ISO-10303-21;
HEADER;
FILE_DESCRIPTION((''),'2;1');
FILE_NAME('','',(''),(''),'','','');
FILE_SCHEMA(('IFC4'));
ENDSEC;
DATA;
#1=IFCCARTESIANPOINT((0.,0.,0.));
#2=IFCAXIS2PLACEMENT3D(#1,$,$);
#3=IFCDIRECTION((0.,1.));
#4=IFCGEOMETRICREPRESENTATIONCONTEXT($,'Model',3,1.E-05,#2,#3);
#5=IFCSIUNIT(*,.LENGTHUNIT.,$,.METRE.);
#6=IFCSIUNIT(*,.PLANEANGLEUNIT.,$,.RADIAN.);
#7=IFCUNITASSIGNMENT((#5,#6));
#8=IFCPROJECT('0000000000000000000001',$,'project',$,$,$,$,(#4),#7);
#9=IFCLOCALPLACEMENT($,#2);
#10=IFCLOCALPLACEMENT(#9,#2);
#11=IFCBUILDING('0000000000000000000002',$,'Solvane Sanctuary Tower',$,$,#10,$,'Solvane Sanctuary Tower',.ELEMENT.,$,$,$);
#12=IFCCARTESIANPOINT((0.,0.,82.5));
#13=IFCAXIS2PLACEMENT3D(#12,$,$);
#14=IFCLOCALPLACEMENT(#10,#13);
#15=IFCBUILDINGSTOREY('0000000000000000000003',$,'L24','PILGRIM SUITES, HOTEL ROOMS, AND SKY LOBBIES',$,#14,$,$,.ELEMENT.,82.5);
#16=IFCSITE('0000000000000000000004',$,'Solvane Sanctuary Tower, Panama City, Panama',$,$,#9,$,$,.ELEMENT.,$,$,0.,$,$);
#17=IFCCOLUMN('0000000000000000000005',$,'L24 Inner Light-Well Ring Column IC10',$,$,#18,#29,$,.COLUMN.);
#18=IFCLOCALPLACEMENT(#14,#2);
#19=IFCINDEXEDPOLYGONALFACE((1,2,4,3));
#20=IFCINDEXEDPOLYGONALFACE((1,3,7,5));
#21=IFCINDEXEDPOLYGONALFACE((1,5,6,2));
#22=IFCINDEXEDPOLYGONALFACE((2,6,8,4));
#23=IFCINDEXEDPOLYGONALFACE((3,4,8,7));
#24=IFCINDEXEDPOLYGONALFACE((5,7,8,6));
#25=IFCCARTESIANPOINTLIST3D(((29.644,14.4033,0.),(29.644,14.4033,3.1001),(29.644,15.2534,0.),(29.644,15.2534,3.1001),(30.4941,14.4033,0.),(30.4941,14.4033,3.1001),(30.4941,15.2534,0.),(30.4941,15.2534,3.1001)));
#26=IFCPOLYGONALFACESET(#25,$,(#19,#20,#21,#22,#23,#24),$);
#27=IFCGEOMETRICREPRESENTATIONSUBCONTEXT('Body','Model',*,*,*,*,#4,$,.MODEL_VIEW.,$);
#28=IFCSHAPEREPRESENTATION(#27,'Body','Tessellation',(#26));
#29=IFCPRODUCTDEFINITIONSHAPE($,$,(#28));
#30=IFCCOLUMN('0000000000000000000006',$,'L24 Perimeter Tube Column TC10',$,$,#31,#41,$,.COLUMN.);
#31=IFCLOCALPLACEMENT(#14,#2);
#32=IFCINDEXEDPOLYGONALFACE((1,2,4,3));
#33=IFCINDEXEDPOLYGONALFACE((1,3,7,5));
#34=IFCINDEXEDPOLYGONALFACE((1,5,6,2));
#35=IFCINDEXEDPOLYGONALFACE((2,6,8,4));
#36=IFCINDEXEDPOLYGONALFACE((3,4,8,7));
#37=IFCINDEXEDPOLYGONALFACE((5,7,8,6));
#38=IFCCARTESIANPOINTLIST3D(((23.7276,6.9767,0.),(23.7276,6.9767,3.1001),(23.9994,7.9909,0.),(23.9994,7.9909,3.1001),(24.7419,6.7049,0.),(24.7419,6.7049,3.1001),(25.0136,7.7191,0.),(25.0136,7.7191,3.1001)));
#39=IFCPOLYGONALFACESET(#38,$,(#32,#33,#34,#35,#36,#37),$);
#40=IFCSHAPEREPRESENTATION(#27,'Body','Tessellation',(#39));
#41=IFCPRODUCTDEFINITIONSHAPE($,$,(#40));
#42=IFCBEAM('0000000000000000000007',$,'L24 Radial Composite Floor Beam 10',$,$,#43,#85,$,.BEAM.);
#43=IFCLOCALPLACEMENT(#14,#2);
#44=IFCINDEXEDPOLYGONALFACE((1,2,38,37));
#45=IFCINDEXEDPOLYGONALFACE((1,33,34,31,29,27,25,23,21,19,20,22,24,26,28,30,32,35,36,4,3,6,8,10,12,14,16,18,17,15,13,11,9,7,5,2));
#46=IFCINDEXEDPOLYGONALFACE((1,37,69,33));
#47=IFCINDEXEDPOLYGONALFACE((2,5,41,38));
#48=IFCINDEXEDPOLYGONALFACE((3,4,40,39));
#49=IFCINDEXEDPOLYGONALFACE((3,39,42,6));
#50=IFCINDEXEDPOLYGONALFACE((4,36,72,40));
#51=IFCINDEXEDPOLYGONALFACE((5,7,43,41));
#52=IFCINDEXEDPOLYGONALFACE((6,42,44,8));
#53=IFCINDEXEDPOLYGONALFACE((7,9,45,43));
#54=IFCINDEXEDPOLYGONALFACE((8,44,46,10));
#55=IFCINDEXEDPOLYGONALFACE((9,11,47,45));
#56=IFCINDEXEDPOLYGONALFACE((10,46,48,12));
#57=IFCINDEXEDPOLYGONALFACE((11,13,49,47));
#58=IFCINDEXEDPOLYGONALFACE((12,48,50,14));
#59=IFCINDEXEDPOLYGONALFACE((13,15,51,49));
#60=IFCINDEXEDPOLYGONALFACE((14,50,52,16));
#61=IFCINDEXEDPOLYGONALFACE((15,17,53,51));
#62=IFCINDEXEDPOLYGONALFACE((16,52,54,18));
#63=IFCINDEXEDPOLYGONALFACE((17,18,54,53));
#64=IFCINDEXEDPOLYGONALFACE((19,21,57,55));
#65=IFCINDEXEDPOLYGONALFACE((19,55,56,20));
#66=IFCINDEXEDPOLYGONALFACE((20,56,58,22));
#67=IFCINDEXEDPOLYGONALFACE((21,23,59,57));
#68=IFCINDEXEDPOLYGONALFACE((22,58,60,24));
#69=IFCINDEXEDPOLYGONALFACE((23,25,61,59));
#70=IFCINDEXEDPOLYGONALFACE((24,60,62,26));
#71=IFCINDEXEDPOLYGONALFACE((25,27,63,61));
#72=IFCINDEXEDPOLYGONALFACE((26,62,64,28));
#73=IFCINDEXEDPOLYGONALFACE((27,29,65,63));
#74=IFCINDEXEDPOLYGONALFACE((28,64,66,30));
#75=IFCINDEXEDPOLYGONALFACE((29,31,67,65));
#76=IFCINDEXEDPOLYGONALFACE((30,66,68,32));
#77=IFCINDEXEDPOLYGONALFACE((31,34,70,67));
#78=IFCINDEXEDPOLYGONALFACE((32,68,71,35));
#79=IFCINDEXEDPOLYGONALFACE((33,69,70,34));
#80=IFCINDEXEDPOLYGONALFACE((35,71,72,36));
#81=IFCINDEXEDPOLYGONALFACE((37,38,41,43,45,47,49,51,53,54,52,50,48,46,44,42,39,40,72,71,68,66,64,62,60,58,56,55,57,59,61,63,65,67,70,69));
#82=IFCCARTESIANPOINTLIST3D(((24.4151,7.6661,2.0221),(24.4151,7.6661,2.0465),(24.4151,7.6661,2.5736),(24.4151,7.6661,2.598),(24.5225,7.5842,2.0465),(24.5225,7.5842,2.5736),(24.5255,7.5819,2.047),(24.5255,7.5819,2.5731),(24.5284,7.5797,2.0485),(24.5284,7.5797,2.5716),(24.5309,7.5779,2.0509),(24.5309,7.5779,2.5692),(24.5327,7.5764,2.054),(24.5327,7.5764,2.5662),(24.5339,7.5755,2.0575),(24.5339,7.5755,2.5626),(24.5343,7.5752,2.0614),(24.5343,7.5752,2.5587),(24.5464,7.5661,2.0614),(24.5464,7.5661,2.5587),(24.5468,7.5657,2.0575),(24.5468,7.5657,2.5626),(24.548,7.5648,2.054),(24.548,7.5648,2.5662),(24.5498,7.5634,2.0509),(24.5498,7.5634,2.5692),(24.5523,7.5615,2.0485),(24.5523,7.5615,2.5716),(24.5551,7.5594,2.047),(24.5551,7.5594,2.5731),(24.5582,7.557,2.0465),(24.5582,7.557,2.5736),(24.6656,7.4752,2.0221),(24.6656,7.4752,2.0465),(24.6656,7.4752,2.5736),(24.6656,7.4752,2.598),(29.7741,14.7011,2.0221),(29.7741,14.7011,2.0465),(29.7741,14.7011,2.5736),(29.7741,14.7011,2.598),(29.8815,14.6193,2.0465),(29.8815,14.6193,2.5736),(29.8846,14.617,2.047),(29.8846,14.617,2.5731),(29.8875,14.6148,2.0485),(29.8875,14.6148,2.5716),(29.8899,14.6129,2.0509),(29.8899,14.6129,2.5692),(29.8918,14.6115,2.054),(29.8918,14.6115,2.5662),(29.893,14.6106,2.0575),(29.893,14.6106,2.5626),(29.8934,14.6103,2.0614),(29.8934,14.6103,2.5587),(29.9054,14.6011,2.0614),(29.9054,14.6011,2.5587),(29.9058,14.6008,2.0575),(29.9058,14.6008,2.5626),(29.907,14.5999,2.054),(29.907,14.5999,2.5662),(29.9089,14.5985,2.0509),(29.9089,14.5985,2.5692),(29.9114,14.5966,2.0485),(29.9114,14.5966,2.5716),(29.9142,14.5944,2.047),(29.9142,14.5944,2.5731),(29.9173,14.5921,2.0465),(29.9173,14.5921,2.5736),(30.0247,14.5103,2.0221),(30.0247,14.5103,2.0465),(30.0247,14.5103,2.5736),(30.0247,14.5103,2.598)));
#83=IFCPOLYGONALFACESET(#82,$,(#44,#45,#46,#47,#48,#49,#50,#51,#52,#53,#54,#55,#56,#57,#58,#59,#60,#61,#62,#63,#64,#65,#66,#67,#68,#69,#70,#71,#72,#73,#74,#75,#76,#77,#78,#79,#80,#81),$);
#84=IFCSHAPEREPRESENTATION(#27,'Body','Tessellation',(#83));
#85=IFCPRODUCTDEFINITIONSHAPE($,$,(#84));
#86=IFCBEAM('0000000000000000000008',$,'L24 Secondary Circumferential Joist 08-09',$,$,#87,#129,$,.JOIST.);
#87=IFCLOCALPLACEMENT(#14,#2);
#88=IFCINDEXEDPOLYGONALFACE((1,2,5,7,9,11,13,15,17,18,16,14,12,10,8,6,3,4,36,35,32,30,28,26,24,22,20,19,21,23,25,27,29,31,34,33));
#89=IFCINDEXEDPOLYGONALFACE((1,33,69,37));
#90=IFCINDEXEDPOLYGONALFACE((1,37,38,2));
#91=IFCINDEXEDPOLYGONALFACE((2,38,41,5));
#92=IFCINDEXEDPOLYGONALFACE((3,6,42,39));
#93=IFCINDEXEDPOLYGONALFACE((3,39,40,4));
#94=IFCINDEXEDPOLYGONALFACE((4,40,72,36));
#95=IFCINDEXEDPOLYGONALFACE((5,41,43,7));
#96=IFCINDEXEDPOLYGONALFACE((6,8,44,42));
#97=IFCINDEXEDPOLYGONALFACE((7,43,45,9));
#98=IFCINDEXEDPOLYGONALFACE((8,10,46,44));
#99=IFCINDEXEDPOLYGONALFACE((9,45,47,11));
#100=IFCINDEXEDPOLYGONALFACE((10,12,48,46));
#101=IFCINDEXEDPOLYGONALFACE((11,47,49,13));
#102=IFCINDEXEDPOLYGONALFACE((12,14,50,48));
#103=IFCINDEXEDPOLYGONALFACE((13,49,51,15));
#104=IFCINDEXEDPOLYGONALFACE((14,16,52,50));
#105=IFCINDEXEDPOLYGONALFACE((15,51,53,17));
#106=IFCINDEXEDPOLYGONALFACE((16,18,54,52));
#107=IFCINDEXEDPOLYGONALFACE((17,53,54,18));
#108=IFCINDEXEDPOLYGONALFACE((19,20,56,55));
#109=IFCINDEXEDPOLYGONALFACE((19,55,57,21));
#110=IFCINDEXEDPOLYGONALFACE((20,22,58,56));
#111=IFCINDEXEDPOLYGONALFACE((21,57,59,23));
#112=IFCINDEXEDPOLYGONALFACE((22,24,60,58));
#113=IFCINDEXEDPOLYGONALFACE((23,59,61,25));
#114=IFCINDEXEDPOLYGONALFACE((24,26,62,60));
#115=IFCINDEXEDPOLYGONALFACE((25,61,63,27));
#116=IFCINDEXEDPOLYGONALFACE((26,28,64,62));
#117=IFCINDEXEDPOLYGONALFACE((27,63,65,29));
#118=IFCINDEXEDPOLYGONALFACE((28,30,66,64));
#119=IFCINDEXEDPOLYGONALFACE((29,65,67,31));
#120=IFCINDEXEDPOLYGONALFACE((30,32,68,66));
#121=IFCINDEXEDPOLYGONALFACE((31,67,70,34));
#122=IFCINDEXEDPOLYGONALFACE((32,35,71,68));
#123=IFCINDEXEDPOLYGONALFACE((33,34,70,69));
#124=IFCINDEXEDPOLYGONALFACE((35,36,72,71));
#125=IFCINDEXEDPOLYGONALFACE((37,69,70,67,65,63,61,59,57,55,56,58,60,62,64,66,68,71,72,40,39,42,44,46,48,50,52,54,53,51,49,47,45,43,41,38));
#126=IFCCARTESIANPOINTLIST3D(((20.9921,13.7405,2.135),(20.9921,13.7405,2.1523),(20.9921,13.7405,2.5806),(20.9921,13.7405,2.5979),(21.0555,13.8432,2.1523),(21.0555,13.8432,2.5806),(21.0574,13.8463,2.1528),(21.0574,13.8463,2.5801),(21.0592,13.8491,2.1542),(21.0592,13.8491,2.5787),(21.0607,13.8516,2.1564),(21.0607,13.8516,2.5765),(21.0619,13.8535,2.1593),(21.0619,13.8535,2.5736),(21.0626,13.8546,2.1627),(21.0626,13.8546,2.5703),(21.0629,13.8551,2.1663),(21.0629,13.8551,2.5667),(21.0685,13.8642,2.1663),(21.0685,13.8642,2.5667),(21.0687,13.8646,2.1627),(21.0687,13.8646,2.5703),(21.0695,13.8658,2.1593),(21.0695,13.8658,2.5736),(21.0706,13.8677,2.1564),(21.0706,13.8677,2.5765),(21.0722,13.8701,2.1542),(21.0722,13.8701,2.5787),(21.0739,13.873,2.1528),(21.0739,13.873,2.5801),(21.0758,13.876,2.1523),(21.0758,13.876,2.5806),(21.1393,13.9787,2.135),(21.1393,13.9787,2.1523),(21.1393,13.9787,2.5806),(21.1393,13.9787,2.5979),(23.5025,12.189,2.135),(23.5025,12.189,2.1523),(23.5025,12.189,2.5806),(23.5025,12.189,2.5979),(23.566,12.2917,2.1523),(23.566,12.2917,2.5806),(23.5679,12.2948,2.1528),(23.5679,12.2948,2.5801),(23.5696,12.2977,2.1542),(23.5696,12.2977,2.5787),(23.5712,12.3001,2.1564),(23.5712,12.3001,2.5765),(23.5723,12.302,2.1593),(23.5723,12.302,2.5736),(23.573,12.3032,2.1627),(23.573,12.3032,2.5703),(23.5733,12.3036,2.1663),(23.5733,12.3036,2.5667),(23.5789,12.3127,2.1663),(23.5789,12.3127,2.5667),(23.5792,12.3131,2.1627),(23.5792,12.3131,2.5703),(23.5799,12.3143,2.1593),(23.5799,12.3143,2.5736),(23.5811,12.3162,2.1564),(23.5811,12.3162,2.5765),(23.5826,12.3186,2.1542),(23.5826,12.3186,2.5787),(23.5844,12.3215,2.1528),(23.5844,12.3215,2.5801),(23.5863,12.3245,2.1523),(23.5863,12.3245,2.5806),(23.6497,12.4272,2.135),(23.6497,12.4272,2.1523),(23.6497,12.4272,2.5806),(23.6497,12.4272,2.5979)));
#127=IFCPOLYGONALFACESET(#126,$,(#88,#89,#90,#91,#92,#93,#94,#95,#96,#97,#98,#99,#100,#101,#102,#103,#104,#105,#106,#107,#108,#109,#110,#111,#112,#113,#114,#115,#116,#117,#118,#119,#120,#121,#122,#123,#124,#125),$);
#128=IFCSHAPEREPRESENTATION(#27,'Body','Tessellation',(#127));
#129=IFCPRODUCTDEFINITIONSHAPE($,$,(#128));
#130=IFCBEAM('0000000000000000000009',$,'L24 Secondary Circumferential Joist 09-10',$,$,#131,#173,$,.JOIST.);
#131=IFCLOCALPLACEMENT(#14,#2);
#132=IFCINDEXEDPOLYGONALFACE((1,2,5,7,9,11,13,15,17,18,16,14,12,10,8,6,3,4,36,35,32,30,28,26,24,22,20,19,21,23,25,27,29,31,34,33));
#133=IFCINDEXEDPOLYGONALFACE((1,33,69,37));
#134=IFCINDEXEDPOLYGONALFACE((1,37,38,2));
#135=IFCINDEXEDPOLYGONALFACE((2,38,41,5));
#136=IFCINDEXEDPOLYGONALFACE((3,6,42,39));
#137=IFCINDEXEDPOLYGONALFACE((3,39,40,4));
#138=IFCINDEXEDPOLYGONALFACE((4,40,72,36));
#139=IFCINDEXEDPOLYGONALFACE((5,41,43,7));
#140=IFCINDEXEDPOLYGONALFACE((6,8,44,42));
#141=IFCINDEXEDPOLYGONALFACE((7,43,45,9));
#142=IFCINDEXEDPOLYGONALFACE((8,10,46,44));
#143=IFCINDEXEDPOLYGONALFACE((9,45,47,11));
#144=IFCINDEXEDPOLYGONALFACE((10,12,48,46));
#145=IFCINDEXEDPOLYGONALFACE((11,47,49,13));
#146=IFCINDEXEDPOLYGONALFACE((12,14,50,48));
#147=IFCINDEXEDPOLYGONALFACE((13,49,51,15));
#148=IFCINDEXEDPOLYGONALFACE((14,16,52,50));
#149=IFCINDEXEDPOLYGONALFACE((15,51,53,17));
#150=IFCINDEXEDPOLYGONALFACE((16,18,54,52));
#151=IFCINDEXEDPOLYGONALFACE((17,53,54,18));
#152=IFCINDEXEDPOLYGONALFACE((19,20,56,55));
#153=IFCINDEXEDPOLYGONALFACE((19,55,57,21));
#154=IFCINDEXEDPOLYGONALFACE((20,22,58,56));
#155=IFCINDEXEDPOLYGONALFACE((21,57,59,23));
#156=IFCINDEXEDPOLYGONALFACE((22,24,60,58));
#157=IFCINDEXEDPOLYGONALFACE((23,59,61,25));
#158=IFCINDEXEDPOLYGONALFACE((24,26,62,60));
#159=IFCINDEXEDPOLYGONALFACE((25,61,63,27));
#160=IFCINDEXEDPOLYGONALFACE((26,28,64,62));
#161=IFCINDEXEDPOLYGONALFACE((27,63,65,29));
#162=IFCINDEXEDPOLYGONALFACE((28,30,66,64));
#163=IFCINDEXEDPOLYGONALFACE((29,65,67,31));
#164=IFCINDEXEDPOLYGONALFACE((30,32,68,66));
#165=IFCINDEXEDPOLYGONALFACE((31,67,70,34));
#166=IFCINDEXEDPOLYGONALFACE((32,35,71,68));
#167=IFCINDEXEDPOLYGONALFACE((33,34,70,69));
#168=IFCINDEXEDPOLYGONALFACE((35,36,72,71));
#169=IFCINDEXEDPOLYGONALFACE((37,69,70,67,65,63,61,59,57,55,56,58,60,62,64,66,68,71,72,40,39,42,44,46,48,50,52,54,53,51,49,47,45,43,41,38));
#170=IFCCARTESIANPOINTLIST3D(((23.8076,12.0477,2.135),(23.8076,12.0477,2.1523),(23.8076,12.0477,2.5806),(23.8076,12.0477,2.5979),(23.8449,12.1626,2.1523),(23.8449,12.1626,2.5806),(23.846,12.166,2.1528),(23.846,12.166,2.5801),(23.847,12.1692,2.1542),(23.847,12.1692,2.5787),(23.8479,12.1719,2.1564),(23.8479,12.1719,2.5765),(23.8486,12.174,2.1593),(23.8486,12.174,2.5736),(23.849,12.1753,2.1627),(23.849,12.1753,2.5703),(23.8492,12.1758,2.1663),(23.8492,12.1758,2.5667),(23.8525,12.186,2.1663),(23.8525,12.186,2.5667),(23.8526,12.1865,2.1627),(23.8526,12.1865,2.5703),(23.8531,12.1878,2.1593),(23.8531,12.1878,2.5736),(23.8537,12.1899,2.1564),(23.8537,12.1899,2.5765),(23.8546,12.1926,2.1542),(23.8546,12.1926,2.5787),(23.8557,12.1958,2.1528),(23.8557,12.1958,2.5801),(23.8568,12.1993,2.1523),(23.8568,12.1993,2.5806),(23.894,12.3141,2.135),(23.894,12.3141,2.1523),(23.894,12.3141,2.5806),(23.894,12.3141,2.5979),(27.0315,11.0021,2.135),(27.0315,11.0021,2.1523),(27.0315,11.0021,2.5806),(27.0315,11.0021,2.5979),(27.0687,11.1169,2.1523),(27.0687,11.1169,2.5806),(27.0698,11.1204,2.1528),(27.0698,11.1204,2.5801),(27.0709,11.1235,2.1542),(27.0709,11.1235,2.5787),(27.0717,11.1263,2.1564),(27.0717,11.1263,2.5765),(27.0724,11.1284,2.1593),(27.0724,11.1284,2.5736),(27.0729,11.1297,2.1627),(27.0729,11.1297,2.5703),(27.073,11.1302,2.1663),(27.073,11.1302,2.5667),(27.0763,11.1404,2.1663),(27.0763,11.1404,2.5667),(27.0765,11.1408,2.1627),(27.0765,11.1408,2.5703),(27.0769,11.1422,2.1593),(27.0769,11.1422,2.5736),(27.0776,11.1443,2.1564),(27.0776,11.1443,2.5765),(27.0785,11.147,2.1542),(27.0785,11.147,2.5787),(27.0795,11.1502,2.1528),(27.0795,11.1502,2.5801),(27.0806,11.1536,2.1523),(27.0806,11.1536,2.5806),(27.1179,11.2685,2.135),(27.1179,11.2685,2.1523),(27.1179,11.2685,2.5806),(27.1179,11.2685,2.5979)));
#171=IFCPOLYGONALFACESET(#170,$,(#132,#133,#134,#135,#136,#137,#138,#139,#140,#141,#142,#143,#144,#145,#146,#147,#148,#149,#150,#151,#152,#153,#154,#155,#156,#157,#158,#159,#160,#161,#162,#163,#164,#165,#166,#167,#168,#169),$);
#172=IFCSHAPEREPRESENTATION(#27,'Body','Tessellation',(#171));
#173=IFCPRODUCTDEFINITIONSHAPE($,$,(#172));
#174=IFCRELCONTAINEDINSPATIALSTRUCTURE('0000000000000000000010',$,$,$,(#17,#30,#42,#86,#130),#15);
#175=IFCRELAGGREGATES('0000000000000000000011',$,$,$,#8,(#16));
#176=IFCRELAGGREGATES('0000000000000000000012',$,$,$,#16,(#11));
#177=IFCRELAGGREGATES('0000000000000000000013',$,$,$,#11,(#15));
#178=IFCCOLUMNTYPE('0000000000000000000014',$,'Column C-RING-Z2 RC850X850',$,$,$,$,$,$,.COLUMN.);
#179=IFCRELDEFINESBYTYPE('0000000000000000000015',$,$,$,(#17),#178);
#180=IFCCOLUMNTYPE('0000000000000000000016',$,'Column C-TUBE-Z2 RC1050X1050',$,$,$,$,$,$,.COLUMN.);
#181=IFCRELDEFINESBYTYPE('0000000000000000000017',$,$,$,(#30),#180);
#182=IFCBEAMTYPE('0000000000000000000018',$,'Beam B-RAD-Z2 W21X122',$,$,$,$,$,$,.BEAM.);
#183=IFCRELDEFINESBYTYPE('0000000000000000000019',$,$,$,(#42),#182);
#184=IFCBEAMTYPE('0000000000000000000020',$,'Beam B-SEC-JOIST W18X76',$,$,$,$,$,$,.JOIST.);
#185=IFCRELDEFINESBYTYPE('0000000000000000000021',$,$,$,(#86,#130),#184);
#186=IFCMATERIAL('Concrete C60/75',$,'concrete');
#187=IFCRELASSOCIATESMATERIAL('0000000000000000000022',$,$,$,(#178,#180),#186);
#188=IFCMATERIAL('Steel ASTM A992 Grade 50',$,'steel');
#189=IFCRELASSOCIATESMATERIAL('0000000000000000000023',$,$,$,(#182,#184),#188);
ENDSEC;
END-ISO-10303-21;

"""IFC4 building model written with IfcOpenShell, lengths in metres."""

from ifc_helpers import new_model, si_unit, direction, frame, origin, origin_2d, place, context, subcontext, project, spatial, rectangle, i_section, extrude, material, material_profile, profile_set, type_object, element, save


model = new_model("IFC4")

# Units and contexts
model_context = context("Model", 3, precision=1e-05, world=origin(), true_north=direction((0.0, 1.0)))
body_context = subcontext(model_context, "Body", "Model", "MODEL_VIEW")
ifc_project = project(units=[si_unit("LENGTHUNIT", "METRE"), si_unit("PLANEANGLEUNIT", "RADIAN")], contexts=[model_context])

# Site, building, storey
site_placement = place(None, origin())
site = spatial("IfcSite", under=ifc_project, at=site_placement, Name="Solvane Sanctuary Tower, Panama City, Panama", CompositionType="ELEMENT", RefElevation=0.0)
building_placement = place(site_placement, origin())
building = spatial("IfcBuilding", under=site, at=building_placement, Name="Solvane Sanctuary Tower", LongName="Solvane Sanctuary Tower", CompositionType="ELEMENT")
storey_placement = place(building_placement, frame((0.0, 0.0, 82.5)))
storey = spatial("IfcBuildingStorey", under=building, at=storey_placement, Name="L24", Description="PILGRIM SUITES, HOTEL ROOMS, AND SKY LOBBIES", CompositionType="ELEMENT", Elevation=82.5)

# Columns
ifc_material_1 = material(Name="Concrete C60/75", Category="concrete")
ifc_material_profile_1 = material_profile(ifc_material_1, rectangle(XDim=0.8501, YDim=0.8501, at=origin_2d()), Name="RC850X850")
ifc_profile_set_1 = profile_set([ifc_material_profile_1], Name="Concrete C60/75")
column_type_1 = type_object("IfcColumnType", Name="Column C-RING-Z2 RC850X850", PredefinedType="COLUMN", material=ifc_profile_set_1)
column_1_placement = place(storey_placement, frame((30.0691, 14.8284, 0.0), z_axis=(0.0, 0.0, 1.0), x_axis=(1.0, 0.0, 0.0)))
element("IfcColumn", 1, at=column_1_placement, inside=storey, type_object=column_type_1, Name="L24 Inner Light-Well Ring Column IC10", PredefinedType="COLUMN", context=body_context, shape_type="SweptSolid", body=[
    extrude(rectangle(XDim=0.8501, YDim=0.8501, at=origin_2d()), origin(), (0.0, 0.0, 1.0), 3.1001),
])
ifc_material_profile_2 = material_profile(ifc_material_1, rectangle(XDim=1.05, YDim=1.05, at=origin_2d()), Name="RC1050X1050")
ifc_profile_set_2 = profile_set([ifc_material_profile_2], Name="Concrete C60/75")
column_type_2 = type_object("IfcColumnType", Name="Column C-TUBE-Z2 RC1050X1050", PredefinedType="COLUMN", material=ifc_profile_set_2)
column_2_placement = place(storey_placement, frame((24.3706, 7.3479, 0.0), z_axis=(0.0, 0.0, 1.0), x_axis=(-0.258819, -0.965926, 0.0)))
element("IfcColumn", 2, at=column_2_placement, inside=storey, type_object=column_type_2, Name="L24 Perimeter Tube Column TC10", PredefinedType="COLUMN", context=body_context, shape_type="SweptSolid", body=[
    extrude(rectangle(XDim=1.05, YDim=1.05, at=origin_2d()), origin(), (0.0, 0.0, 1.0), 3.1001),
])

# Beams
ifc_material_2 = material(Name="Steel ASTM A992 Grade 50", Category="steel")
ifc_material_profile_3 = material_profile(ifc_material_2, i_section(OverallWidth=0.3149, OverallDepth=0.5759, WebThickness=0.0151, FlangeThickness=0.0244, FilletRadius=0.0149, at=origin_2d()), Name="W21X122")
ifc_profile_set_3 = profile_set([ifc_material_profile_3], Name="Steel ASTM A992 Grade 50")
beam_type_1 = type_object("IfcBeamType", Name="Beam B-RAD-Z2 W21X122", PredefinedType="BEAM", material=ifc_profile_set_3)
beam_1_placement = place(storey_placement, frame((29.8994, 14.6057, 2.3101), z_axis=(-0.605973, -0.795486, 0.0), x_axis=(0.795486, -0.605973, 0.0)))
element("IfcBeam", 3, at=beam_1_placement, inside=storey, type_object=beam_type_1, Name="L24 Radial Composite Floor Beam 10", PredefinedType="BEAM", context=body_context, shape_type="SweptSolid", body=[
    extrude(i_section(OverallWidth=0.3149, OverallDepth=0.5759, WebThickness=0.0151, FlangeThickness=0.0244, FilletRadius=0.0149, at=origin_2d()), origin(), (0.0, 0.0, 1.0), 8.8438),
])
ifc_material_profile_4 = material_profile(ifc_material_2, i_section(OverallWidth=0.28, OverallDepth=0.4629, WebThickness=0.0107, FlangeThickness=0.0173, FilletRadius=0.0139, at=origin_2d()), Name="W18X76")
ifc_profile_set_4 = profile_set([ifc_material_profile_4], Name="Steel ASTM A992 Grade 50")
beam_type_2 = type_object("IfcBeamType", Name="Beam B-SEC-JOIST W18X76", PredefinedType="JOIST", material=ifc_profile_set_4)
beam_2_placement = place(storey_placement, frame((21.0657, 13.8596, 2.3665), z_axis=(0.85066, -0.525717, 0.0), x_axis=(0.525717, 0.85066, 0.0)))
element("IfcBeam", 4, at=beam_2_placement, inside=storey, type_object=beam_type_2, Name="L24 Secondary Circumferential Joist 08-09", PredefinedType="JOIST", context=body_context, shape_type="SweptSolid", body=[
    extrude(i_section(OverallWidth=0.28, OverallDepth=0.4629, WebThickness=0.0107, FlangeThickness=0.0173, FilletRadius=0.0139, at=origin_2d()), origin(), (0.0, 0.0, 1.0), 2.9512),
])
beam_3_placement = place(storey_placement, frame((23.8508, 12.1809, 2.3665), z_axis=(0.951217, -0.308524, 0.0), x_axis=(0.308524, 0.951217, 0.0)))
element("IfcBeam", 5, at=beam_3_placement, inside=storey, type_object=beam_type_2, Name="L24 Secondary Circumferential Joist 09-10", PredefinedType="JOIST", context=body_context, shape_type="SweptSolid", body=[
    extrude(i_section(OverallWidth=0.28, OverallDepth=0.4629, WebThickness=0.0107, FlangeThickness=0.0173, FilletRadius=0.0139, at=origin_2d()), origin(), (0.0, 0.0, 1.0), 3.3892),
])

save(model, "model.ifc")
